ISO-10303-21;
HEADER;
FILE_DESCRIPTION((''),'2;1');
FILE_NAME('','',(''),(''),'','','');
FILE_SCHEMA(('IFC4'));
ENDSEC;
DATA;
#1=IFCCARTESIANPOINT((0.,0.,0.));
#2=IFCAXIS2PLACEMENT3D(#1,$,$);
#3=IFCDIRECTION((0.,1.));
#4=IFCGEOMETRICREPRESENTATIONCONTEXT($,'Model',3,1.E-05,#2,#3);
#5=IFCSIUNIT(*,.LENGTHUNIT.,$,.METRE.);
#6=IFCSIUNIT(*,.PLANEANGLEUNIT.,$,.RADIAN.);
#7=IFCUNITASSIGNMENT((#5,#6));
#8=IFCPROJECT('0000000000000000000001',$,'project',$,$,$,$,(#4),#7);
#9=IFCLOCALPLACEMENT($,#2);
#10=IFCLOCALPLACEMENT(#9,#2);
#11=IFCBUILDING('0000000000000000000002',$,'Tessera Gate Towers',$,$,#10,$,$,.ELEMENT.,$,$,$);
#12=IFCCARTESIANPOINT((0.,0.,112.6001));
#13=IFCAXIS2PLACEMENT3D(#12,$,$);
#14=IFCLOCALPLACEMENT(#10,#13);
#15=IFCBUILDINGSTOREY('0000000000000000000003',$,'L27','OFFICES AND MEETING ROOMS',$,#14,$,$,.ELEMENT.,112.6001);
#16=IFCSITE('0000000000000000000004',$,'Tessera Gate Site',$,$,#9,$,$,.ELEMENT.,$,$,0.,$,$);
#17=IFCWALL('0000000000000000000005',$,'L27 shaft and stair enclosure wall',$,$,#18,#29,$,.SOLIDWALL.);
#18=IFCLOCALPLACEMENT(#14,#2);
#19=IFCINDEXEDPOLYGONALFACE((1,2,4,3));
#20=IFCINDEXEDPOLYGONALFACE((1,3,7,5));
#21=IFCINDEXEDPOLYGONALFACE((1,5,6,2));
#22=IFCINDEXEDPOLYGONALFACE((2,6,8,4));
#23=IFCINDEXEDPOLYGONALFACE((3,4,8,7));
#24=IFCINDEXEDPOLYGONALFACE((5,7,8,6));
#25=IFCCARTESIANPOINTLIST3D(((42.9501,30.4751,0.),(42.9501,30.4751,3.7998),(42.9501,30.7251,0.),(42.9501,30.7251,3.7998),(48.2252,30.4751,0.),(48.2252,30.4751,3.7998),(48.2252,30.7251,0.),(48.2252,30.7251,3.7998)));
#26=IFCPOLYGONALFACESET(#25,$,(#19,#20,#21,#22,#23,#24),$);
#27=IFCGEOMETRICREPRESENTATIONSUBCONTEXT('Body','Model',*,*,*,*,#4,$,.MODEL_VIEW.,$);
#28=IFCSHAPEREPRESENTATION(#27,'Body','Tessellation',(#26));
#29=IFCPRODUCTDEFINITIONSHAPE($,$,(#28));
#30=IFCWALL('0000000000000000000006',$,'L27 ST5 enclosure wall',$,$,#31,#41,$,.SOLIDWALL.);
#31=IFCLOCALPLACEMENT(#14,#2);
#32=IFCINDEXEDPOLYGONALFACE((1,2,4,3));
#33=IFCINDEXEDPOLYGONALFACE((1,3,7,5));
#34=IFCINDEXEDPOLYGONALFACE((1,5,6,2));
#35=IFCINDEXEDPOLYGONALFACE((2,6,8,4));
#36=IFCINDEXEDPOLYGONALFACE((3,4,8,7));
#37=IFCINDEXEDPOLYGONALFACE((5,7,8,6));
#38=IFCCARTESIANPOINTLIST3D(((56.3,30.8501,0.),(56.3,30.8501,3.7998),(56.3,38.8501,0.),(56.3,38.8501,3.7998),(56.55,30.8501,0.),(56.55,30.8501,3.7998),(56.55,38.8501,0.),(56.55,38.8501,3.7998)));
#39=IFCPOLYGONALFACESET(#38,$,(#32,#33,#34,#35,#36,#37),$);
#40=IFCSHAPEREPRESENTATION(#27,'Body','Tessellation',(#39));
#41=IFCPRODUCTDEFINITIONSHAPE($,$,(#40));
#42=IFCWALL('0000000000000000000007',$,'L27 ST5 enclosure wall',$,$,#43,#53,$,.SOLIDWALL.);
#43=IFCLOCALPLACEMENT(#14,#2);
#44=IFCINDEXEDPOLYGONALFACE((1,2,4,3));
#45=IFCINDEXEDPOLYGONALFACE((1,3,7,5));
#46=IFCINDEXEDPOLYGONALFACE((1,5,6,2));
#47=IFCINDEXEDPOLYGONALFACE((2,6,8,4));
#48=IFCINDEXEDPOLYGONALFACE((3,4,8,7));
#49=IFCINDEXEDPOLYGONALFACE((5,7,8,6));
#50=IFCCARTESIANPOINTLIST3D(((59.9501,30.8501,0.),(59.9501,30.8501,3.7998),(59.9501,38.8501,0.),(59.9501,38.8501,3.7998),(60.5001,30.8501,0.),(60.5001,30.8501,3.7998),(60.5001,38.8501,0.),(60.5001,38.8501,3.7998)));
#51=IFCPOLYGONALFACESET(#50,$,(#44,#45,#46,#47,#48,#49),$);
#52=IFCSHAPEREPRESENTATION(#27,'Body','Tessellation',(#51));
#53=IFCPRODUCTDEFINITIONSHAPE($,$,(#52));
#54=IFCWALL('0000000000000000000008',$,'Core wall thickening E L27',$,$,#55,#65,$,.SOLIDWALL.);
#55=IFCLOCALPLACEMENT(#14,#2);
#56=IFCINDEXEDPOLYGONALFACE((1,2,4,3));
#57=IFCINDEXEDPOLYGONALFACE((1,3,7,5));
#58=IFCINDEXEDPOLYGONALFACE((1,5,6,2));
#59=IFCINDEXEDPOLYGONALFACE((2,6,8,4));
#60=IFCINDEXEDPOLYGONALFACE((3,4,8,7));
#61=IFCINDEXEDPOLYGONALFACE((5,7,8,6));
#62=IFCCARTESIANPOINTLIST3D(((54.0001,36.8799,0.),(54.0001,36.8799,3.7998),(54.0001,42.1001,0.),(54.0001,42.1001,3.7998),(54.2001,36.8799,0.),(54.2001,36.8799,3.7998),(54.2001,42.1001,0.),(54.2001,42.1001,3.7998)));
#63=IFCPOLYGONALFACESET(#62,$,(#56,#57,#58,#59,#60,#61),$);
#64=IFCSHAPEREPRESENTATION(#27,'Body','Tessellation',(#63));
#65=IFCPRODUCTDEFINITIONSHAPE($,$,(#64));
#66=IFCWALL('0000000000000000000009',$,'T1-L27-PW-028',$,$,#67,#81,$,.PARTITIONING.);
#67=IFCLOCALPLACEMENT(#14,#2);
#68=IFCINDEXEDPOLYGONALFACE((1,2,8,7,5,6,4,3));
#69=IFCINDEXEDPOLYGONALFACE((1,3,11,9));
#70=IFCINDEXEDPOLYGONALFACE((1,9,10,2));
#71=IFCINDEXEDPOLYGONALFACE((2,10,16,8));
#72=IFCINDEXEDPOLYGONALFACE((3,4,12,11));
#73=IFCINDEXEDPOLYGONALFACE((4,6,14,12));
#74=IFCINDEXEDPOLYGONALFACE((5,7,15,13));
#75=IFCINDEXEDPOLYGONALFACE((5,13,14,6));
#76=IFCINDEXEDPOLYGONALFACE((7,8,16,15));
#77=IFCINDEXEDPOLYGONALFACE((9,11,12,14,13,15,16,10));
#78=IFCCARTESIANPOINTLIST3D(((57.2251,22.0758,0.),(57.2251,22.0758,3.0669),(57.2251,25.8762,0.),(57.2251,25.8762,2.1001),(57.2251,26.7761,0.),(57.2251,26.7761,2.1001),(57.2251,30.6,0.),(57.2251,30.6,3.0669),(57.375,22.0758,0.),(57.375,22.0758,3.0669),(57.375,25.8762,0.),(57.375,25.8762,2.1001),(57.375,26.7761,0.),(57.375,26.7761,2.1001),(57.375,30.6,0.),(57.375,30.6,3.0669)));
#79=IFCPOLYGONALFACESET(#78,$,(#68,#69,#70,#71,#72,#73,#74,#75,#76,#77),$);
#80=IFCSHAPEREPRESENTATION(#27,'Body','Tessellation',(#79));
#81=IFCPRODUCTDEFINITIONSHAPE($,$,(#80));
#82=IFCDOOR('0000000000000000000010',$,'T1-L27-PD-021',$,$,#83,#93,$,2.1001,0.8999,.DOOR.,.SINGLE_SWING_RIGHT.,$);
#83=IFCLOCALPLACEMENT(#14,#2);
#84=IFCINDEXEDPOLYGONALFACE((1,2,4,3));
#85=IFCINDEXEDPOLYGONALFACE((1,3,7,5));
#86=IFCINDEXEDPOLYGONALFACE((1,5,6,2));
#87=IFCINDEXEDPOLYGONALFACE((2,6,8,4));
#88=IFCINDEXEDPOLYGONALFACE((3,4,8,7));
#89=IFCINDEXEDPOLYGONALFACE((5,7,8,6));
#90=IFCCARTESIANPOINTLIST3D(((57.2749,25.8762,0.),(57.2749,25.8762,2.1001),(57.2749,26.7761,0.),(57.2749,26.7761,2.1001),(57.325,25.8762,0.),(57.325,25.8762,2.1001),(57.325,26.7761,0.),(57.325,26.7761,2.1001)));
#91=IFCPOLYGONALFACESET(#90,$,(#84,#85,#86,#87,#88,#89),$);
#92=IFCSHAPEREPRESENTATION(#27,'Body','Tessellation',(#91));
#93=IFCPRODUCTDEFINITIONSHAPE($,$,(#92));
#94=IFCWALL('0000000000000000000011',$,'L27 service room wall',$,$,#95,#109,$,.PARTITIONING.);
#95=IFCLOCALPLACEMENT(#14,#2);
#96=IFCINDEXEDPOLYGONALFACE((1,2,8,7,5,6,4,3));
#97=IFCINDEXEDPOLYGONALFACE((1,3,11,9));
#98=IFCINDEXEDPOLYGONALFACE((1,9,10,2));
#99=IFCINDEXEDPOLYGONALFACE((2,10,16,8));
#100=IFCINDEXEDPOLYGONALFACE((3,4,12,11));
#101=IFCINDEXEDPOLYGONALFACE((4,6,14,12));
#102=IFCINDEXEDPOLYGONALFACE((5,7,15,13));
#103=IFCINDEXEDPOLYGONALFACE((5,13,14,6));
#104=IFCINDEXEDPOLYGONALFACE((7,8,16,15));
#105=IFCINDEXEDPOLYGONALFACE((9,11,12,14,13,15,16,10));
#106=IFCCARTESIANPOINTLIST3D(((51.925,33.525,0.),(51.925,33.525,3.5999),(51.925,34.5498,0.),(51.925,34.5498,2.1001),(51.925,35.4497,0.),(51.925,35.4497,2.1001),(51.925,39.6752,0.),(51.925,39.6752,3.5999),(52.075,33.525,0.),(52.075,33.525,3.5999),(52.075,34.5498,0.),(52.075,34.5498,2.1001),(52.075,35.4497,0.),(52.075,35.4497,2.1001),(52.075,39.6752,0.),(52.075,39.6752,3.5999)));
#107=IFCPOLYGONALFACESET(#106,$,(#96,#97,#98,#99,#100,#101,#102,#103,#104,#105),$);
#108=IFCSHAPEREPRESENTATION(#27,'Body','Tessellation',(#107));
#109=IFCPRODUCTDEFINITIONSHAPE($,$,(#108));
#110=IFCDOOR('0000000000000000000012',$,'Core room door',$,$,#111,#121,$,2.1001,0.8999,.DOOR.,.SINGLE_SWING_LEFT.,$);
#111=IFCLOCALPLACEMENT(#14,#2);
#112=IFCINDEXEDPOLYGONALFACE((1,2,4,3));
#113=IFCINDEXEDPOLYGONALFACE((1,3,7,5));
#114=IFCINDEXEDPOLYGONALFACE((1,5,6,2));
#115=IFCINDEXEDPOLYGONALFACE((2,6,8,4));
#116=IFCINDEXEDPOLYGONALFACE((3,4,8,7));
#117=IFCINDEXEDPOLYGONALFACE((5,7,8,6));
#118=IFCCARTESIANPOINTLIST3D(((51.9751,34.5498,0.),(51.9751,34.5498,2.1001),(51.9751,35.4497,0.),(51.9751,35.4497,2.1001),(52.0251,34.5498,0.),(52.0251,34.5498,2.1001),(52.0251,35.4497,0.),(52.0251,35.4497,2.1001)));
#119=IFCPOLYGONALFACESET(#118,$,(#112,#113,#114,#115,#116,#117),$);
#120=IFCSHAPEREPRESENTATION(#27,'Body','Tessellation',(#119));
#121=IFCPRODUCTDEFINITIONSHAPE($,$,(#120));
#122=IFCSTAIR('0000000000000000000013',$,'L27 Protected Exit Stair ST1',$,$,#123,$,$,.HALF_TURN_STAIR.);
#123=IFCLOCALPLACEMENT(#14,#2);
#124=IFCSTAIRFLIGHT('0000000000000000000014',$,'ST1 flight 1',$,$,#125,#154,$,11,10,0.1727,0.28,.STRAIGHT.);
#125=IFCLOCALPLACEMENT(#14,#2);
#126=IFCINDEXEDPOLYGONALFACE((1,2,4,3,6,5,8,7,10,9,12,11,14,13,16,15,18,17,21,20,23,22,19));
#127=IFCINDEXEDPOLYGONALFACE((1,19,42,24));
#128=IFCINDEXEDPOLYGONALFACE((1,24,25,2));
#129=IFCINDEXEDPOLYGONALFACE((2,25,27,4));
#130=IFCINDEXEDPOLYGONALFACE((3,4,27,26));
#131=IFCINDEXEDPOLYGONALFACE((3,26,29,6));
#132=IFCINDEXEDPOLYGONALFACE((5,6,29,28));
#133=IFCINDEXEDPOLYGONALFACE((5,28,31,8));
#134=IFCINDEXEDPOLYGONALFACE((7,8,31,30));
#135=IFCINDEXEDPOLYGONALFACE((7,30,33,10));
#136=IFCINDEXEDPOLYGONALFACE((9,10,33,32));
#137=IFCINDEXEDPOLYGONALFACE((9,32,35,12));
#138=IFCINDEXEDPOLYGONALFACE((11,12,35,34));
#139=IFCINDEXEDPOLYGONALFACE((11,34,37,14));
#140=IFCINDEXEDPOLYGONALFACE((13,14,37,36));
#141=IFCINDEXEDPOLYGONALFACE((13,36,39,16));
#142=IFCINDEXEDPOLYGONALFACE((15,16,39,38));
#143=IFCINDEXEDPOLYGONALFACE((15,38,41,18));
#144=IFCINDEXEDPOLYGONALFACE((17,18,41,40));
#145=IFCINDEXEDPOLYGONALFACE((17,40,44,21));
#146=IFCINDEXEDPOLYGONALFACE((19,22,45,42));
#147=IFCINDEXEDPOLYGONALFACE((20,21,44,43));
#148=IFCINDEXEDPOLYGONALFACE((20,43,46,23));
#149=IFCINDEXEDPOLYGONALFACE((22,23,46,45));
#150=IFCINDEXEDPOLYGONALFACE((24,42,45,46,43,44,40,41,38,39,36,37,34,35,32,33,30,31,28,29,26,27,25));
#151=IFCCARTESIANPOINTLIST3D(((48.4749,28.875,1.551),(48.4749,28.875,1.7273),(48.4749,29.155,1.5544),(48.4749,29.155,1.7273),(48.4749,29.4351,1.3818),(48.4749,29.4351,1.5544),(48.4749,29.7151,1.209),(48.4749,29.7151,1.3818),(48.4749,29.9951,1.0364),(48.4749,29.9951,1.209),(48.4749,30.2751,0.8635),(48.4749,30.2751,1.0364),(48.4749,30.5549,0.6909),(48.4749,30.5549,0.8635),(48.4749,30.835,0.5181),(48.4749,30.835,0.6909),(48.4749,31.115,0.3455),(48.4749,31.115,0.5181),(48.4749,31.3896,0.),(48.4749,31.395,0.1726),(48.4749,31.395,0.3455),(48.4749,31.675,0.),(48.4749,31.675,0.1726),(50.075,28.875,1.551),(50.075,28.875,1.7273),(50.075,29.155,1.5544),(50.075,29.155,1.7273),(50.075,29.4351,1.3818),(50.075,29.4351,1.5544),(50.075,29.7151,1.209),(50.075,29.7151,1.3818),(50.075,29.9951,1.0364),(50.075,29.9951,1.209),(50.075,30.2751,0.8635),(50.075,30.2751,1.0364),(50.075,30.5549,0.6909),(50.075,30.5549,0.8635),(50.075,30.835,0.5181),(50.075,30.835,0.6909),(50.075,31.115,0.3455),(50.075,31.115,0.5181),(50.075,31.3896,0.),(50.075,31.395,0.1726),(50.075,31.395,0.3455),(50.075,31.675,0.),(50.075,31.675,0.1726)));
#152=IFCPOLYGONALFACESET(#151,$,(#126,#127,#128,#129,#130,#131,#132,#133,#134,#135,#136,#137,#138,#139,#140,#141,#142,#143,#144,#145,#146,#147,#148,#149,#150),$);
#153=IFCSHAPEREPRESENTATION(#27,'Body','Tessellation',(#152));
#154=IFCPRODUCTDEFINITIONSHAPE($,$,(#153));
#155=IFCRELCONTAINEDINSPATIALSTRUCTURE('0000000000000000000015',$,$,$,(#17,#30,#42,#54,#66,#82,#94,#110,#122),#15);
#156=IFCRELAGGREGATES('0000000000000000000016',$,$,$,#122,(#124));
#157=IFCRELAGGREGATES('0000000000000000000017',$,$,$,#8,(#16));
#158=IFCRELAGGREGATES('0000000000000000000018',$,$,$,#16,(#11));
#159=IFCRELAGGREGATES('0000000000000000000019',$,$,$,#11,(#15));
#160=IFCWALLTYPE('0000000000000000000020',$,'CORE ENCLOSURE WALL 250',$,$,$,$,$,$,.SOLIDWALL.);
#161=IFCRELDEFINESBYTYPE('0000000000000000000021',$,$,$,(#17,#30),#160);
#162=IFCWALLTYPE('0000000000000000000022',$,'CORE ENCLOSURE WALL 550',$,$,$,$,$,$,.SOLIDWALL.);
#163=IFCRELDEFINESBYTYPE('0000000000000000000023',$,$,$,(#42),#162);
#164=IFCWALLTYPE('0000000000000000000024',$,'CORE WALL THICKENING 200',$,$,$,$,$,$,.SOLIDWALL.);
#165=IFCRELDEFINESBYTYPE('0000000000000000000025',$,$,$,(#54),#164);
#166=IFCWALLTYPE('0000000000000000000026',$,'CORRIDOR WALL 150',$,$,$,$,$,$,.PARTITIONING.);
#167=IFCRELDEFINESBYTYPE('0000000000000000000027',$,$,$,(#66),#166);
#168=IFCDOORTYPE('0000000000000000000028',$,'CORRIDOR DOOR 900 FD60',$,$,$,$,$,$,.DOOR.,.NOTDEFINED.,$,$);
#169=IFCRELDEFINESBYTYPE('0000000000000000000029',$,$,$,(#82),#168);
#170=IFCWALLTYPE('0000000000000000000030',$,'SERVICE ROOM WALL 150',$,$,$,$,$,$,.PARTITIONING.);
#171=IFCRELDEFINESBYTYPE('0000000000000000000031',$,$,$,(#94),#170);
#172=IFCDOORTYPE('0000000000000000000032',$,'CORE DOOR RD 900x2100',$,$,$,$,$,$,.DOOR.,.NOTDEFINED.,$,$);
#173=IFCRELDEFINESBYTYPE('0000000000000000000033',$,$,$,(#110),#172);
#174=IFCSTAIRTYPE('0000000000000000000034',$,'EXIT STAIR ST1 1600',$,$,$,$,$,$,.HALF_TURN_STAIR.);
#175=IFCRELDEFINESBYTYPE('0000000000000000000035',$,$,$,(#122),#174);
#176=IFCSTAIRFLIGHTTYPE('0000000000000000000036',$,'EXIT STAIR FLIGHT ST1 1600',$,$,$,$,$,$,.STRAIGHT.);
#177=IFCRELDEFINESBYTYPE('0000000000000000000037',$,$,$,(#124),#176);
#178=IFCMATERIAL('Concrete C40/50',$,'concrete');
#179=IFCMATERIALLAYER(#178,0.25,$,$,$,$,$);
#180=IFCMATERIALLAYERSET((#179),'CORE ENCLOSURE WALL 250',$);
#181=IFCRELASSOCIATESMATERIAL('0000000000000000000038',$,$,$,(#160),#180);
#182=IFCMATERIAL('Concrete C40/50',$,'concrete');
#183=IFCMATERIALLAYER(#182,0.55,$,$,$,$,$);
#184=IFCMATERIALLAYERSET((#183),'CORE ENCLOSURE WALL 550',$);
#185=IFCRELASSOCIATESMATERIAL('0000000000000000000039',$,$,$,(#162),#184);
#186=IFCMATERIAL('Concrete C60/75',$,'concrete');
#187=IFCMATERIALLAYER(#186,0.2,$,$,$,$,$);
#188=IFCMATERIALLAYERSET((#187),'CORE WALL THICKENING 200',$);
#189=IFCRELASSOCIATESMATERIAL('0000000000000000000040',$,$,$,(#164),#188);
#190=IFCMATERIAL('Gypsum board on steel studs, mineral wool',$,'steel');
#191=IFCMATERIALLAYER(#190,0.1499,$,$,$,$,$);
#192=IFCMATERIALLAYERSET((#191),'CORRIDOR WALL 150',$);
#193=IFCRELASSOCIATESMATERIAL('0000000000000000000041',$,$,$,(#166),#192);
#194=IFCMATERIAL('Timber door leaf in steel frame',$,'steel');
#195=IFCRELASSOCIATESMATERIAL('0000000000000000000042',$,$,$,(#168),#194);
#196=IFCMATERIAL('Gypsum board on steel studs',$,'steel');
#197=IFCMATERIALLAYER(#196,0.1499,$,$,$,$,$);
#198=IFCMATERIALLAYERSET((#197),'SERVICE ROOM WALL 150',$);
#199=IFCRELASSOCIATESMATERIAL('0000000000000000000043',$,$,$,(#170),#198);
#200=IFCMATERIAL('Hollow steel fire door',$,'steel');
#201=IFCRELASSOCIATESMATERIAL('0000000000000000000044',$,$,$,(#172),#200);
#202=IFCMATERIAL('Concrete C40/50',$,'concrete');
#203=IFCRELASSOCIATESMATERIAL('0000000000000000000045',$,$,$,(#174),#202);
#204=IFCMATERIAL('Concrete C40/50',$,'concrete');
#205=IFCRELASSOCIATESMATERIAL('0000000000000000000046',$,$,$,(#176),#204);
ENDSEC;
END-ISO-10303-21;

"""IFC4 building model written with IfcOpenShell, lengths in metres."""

from ifc_helpers import new_model, si_unit, direction, frame, frame_2d, origin, place, context, subcontext, project, spatial, polyline, rectangle, outline, extrude, source, transform, mapped, material, layer, layer_set, type_object, element, fill, aggregate, save


model = new_model("IFC4")

# Units and contexts
model_context = context("Model", 3, precision=1e-05, world=origin(), true_north=direction((0.0, 1.0)))
body_context = subcontext(model_context, "Body", "Model", "MODEL_VIEW")
ifc_project = project(units=[si_unit("LENGTHUNIT", "METRE"), si_unit("PLANEANGLEUNIT", "RADIAN")], contexts=[model_context])

# Site, building, storey
site_placement = place(None, origin())
site = spatial("IfcSite", under=ifc_project, at=site_placement, Name="Tessera Gate Site", CompositionType="ELEMENT", RefElevation=0.0)
building_placement = place(site_placement, origin())
building = spatial("IfcBuilding", under=site, at=building_placement, Name="Tessera Gate Towers", CompositionType="ELEMENT")
storey_placement = place(building_placement, frame((0.0, 0.0, 112.6001)))
storey = spatial("IfcBuildingStorey", under=building, at=storey_placement, Name="L27", Description="OFFICES AND MEETING ROOMS", CompositionType="ELEMENT", Elevation=112.6001)

# Shared definitions
ifc_material_1 = material(Name="Concrete C40/50", Category="concrete")
ifc_layer_1 = layer(ifc_material_1, 0.25)
ifc_layer_set_1 = layer_set([ifc_layer_1], Name="CORE ENCLOSURE WALL 250")
wall_type_1 = type_object("IfcWallType", Name="CORE ENCLOSURE WALL 250", PredefinedType="SOLIDWALL", material=ifc_layer_set_1)

# Walls
wall_1_placement = place(storey_placement, frame((42.95, 30.6001, 0.0), z_axis=(0.0, 0.0, 1.0), x_axis=(1.0, 0.0, 0.0)))
element("IfcWall", 1, at=wall_1_placement, inside=storey, type_object=wall_type_1, Name="L27 shaft and stair enclosure wall", PredefinedType="SOLIDWALL", context=body_context, shape_type="SweptSolid", body=[
    extrude(rectangle(XDim=5.2751, YDim=0.25, at=frame_2d((2.6377, 0.0))), origin(), (0.0, 0.0, 1.0), 3.7998),
])
wall_2_placement = place(storey_placement, frame((56.425, 30.8501, 0.0), z_axis=(0.0, 0.0, 1.0), x_axis=(0.0, 1.0, 0.0)))
element("IfcWall", 2, at=wall_2_placement, inside=storey, type_object=wall_type_1, Name="L27 ST5 enclosure wall", PredefinedType="SOLIDWALL", context=body_context, shape_type="SweptSolid", body=[
    extrude(rectangle(XDim=8.0, YDim=0.25, at=frame_2d((4.0, 0.0))), origin(), (0.0, 0.0, 1.0), 3.7998),
])
ifc_material_2 = material(Name="Concrete C40/50", Category="concrete")
ifc_layer_2 = layer(ifc_material_2, 0.55)
ifc_layer_set_2 = layer_set([ifc_layer_2], Name="CORE ENCLOSURE WALL 550")
wall_type_2 = type_object("IfcWallType", Name="CORE ENCLOSURE WALL 550", PredefinedType="SOLIDWALL", material=ifc_layer_set_2)
wall_3_placement = place(storey_placement, frame((60.2251, 38.8501, 0.0), z_axis=(0.0, 0.0, 1.0), x_axis=(0.0, -1.0, 0.0)))
element("IfcWall", 3, at=wall_3_placement, inside=storey, type_object=wall_type_2, Name="L27 ST5 enclosure wall", PredefinedType="SOLIDWALL", context=body_context, shape_type="SweptSolid", body=[
    extrude(rectangle(XDim=8.0, YDim=0.55, at=frame_2d((4.0, 0.0))), origin(), (0.0, 0.0, 1.0), 3.7998),
])
ifc_material_3 = material(Name="Concrete C60/75", Category="concrete")
ifc_layer_3 = layer(ifc_material_3, 0.2)
ifc_layer_set_3 = layer_set([ifc_layer_3], Name="CORE WALL THICKENING 200")
wall_type_3 = type_object("IfcWallType", Name="CORE WALL THICKENING 200", PredefinedType="SOLIDWALL", material=ifc_layer_set_3)
wall_4_placement = place(storey_placement, frame((54.1001, 36.8799, 0.0), z_axis=(0.0, 0.0, 1.0), x_axis=(0.0, 1.0, 0.0)))
element("IfcWall", 4, at=wall_4_placement, inside=storey, type_object=wall_type_3, Name="Core wall thickening E L27", PredefinedType="SOLIDWALL", context=body_context, shape_type="SweptSolid", body=[
    extrude(rectangle(XDim=5.2202, YDim=0.2, at=frame_2d((2.6101, 0.0))), origin(), (0.0, 0.0, 1.0), 3.7998),
])

# Walls, openings, doors
ifc_material_4 = material(Name="Gypsum board on steel studs, mineral wool", Category="steel")
ifc_layer_4 = layer(ifc_material_4, 0.1499)
ifc_layer_set_4 = layer_set([ifc_layer_4], Name="CORRIDOR WALL 150")
wall_type_4 = type_object("IfcWallType", Name="CORRIDOR WALL 150", PredefinedType="PARTITIONING", material=ifc_layer_set_4)
wall_5_placement = place(storey_placement, frame((57.3, 30.6001, 0.0), z_axis=(0.0, 0.0, 1.0), x_axis=(0.0, -1.0, 0.0)))
wall_5 = element("IfcWall", 5, at=wall_5_placement, inside=storey, type_object=wall_type_4, Name="T1-L27-PW-028", PredefinedType="PARTITIONING", context=body_context, shape_type="SweptSolid", body=[
    extrude(rectangle(XDim=8.5242, YDim=0.1499, at=frame_2d((4.2622, 0.0))), origin(), (0.0, 0.0, 1.0), 3.0669),
])
shared_shape_1 = source(origin(), body_context, "Body", "SweptSolid", [
    extrude(rectangle(XDim=0.8999, YDim=2.1001, at=frame_2d((0.45, 1.05))), frame((0.0, 0.085, 0.0), z_axis=(0.0, -1.0, 0.0), x_axis=(1.0, 0.0, 0.0)), (0.0, 0.0, 1.0), 0.1699),
])
opening_1_placement = place(wall_5_placement, frame((3.824, 0.0, 0.0)))
opening_1 = element("IfcOpeningElement", 6, at=opening_1_placement, cuts=wall_5, PredefinedType="OPENING", context=body_context, shape_type="MappedRepresentation", body=[
    mapped(shared_shape_1, transform((0.0, 0.0, 0.0), scale=1.0)),
])
ifc_material_5 = material(Name="Timber door leaf in steel frame", Category="steel")
door_type_1 = type_object("IfcDoorType", Name="CORRIDOR DOOR 900 FD60", OperationType="NOTDEFINED", PredefinedType="DOOR", material=ifc_material_5)
shared_shape_2 = source(origin(), body_context, "Body", "SweptSolid", [
    extrude(rectangle(XDim=0.8999, YDim=2.1001, at=frame_2d((0.45, 1.05))), frame((0.0, 0.0249, 0.0), z_axis=(0.0, -1.0, 0.0), x_axis=(1.0, 0.0, 0.0)), (0.0, 0.0, 1.0), 0.05),
])
door_1_placement = place(opening_1_placement, origin())
door_1 = element("IfcDoor", 7, at=door_1_placement, inside=storey, type_object=door_type_1, Name="T1-L27-PD-021", OperationType="SINGLE_SWING_RIGHT", OverallHeight=2.1001, OverallWidth=0.8999, PredefinedType="DOOR", context=body_context, shape_type="MappedRepresentation", body=[
    mapped(shared_shape_2, transform((0.0, 0.0, 0.0), scale=1.0)),
])
fill(opening_1, door_1)
ifc_material_6 = material(Name="Gypsum board on steel studs", Category="steel")
ifc_layer_5 = layer(ifc_material_6, 0.1499)
ifc_layer_set_5 = layer_set([ifc_layer_5], Name="SERVICE ROOM WALL 150")
wall_type_5 = type_object("IfcWallType", Name="SERVICE ROOM WALL 150", PredefinedType="PARTITIONING", material=ifc_layer_set_5)
wall_6_placement = place(storey_placement, frame((52.0, 33.5249, 0.0), z_axis=(0.0, 0.0, 1.0), x_axis=(0.0, 1.0, 0.0)))
wall_6 = element("IfcWall", 8, at=wall_6_placement, inside=storey, type_object=wall_type_5, Name="L27 service room wall", PredefinedType="PARTITIONING", context=body_context, shape_type="SweptSolid", body=[
    extrude(rectangle(XDim=6.1501, YDim=0.1499, at=frame_2d((3.0752, 0.0))), origin(), (0.0, 0.0, 1.0), 3.5999),
])
opening_2_placement = place(wall_6_placement, frame((1.0249, 0.0, 0.0)))
opening_2 = element("IfcOpeningElement", 9, at=opening_2_placement, cuts=wall_6, PredefinedType="OPENING", context=body_context, shape_type="MappedRepresentation", body=[
    mapped(shared_shape_1, transform((0.0, 0.0, 0.0), scale=1.0)),
])
ifc_material_7 = material(Name="Hollow steel fire door", Category="steel")
door_type_2 = type_object("IfcDoorType", Name="CORE DOOR RD 900x2100", OperationType="NOTDEFINED", PredefinedType="DOOR", material=ifc_material_7)
door_2_placement = place(opening_2_placement, origin())
door_2 = element("IfcDoor", 10, at=door_2_placement, inside=storey, type_object=door_type_2, Name="Core room door", OperationType="SINGLE_SWING_LEFT", OverallHeight=2.1001, OverallWidth=0.8999, PredefinedType="DOOR", context=body_context, shape_type="MappedRepresentation", body=[
    mapped(shared_shape_2, transform((0.0, 0.0, 0.0), scale=1.0)),
])
fill(opening_2, door_2)

# Stair, stair flight
ifc_material_8 = material(Name="Concrete C40/50", Category="concrete")
stair_type_1 = type_object("IfcStairType", Name="EXIT STAIR ST1 1600", PredefinedType="HALF_TURN_STAIR", material=ifc_material_8)
stair_1_placement = place(storey_placement, origin())
stair_1 = element("IfcStair", 11, at=stair_1_placement, inside=storey, type_object=stair_type_1, Name="L27 Protected Exit Stair ST1", PredefinedType="HALF_TURN_STAIR")
ifc_material_9 = material(Name="Concrete C40/50", Category="concrete")
stair_flight_type_1 = type_object("IfcStairFlightType", Name="EXIT STAIR FLIGHT ST1 1600", PredefinedType="STRAIGHT", material=ifc_material_9)
stair_flight_1_placement = place(storey_placement, frame((49.2749, 31.675, 0.0), z_axis=(0.0, 0.0, 1.0), x_axis=(0.0, -1.0, 0.0)))
stair_flight_1 = element("IfcStairFlight", 12, at=stair_flight_1_placement, type_object=stair_flight_type_1, Name="ST1 flight 1", NumberOfRisers=11, NumberOfTreads=10, PredefinedType="STRAIGHT", RiserHeight=0.1727, TreadLength=0.28, context=body_context, shape_type="SweptSolid", body=[
    extrude(outline(polyline([(0.0, 0.0), (0.0, 0.1726), (0.28, 0.1726), (0.28, 0.3455), (0.5601, 0.3455), (0.5601, 0.5181), (0.8401, 0.5181), (0.8401, 0.6909), (1.1201, 0.6909), (1.1201, 0.8635), (1.3999, 0.8635), (1.3999, 1.0364), (1.6799, 1.0364), (1.6799, 1.209), (1.96, 1.209), (1.96, 1.3818), (2.24, 1.3818), (2.24, 1.5544), (2.52, 1.5544), (2.52, 1.7273), (2.8, 1.7273), (2.8, 1.8999), (2.8, 1.551), (0.2854, 0.0), (0.0, 0.0)])), frame((0.0, 0.8, 0.0), z_axis=(0.0, -1.0, 0.0), x_axis=(1.0, 0.0, 0.0)), (0.0, 0.0, 1.0), 1.6001),
])
aggregate(stair_1, [stair_flight_1])

save(model, "model.ifc")
